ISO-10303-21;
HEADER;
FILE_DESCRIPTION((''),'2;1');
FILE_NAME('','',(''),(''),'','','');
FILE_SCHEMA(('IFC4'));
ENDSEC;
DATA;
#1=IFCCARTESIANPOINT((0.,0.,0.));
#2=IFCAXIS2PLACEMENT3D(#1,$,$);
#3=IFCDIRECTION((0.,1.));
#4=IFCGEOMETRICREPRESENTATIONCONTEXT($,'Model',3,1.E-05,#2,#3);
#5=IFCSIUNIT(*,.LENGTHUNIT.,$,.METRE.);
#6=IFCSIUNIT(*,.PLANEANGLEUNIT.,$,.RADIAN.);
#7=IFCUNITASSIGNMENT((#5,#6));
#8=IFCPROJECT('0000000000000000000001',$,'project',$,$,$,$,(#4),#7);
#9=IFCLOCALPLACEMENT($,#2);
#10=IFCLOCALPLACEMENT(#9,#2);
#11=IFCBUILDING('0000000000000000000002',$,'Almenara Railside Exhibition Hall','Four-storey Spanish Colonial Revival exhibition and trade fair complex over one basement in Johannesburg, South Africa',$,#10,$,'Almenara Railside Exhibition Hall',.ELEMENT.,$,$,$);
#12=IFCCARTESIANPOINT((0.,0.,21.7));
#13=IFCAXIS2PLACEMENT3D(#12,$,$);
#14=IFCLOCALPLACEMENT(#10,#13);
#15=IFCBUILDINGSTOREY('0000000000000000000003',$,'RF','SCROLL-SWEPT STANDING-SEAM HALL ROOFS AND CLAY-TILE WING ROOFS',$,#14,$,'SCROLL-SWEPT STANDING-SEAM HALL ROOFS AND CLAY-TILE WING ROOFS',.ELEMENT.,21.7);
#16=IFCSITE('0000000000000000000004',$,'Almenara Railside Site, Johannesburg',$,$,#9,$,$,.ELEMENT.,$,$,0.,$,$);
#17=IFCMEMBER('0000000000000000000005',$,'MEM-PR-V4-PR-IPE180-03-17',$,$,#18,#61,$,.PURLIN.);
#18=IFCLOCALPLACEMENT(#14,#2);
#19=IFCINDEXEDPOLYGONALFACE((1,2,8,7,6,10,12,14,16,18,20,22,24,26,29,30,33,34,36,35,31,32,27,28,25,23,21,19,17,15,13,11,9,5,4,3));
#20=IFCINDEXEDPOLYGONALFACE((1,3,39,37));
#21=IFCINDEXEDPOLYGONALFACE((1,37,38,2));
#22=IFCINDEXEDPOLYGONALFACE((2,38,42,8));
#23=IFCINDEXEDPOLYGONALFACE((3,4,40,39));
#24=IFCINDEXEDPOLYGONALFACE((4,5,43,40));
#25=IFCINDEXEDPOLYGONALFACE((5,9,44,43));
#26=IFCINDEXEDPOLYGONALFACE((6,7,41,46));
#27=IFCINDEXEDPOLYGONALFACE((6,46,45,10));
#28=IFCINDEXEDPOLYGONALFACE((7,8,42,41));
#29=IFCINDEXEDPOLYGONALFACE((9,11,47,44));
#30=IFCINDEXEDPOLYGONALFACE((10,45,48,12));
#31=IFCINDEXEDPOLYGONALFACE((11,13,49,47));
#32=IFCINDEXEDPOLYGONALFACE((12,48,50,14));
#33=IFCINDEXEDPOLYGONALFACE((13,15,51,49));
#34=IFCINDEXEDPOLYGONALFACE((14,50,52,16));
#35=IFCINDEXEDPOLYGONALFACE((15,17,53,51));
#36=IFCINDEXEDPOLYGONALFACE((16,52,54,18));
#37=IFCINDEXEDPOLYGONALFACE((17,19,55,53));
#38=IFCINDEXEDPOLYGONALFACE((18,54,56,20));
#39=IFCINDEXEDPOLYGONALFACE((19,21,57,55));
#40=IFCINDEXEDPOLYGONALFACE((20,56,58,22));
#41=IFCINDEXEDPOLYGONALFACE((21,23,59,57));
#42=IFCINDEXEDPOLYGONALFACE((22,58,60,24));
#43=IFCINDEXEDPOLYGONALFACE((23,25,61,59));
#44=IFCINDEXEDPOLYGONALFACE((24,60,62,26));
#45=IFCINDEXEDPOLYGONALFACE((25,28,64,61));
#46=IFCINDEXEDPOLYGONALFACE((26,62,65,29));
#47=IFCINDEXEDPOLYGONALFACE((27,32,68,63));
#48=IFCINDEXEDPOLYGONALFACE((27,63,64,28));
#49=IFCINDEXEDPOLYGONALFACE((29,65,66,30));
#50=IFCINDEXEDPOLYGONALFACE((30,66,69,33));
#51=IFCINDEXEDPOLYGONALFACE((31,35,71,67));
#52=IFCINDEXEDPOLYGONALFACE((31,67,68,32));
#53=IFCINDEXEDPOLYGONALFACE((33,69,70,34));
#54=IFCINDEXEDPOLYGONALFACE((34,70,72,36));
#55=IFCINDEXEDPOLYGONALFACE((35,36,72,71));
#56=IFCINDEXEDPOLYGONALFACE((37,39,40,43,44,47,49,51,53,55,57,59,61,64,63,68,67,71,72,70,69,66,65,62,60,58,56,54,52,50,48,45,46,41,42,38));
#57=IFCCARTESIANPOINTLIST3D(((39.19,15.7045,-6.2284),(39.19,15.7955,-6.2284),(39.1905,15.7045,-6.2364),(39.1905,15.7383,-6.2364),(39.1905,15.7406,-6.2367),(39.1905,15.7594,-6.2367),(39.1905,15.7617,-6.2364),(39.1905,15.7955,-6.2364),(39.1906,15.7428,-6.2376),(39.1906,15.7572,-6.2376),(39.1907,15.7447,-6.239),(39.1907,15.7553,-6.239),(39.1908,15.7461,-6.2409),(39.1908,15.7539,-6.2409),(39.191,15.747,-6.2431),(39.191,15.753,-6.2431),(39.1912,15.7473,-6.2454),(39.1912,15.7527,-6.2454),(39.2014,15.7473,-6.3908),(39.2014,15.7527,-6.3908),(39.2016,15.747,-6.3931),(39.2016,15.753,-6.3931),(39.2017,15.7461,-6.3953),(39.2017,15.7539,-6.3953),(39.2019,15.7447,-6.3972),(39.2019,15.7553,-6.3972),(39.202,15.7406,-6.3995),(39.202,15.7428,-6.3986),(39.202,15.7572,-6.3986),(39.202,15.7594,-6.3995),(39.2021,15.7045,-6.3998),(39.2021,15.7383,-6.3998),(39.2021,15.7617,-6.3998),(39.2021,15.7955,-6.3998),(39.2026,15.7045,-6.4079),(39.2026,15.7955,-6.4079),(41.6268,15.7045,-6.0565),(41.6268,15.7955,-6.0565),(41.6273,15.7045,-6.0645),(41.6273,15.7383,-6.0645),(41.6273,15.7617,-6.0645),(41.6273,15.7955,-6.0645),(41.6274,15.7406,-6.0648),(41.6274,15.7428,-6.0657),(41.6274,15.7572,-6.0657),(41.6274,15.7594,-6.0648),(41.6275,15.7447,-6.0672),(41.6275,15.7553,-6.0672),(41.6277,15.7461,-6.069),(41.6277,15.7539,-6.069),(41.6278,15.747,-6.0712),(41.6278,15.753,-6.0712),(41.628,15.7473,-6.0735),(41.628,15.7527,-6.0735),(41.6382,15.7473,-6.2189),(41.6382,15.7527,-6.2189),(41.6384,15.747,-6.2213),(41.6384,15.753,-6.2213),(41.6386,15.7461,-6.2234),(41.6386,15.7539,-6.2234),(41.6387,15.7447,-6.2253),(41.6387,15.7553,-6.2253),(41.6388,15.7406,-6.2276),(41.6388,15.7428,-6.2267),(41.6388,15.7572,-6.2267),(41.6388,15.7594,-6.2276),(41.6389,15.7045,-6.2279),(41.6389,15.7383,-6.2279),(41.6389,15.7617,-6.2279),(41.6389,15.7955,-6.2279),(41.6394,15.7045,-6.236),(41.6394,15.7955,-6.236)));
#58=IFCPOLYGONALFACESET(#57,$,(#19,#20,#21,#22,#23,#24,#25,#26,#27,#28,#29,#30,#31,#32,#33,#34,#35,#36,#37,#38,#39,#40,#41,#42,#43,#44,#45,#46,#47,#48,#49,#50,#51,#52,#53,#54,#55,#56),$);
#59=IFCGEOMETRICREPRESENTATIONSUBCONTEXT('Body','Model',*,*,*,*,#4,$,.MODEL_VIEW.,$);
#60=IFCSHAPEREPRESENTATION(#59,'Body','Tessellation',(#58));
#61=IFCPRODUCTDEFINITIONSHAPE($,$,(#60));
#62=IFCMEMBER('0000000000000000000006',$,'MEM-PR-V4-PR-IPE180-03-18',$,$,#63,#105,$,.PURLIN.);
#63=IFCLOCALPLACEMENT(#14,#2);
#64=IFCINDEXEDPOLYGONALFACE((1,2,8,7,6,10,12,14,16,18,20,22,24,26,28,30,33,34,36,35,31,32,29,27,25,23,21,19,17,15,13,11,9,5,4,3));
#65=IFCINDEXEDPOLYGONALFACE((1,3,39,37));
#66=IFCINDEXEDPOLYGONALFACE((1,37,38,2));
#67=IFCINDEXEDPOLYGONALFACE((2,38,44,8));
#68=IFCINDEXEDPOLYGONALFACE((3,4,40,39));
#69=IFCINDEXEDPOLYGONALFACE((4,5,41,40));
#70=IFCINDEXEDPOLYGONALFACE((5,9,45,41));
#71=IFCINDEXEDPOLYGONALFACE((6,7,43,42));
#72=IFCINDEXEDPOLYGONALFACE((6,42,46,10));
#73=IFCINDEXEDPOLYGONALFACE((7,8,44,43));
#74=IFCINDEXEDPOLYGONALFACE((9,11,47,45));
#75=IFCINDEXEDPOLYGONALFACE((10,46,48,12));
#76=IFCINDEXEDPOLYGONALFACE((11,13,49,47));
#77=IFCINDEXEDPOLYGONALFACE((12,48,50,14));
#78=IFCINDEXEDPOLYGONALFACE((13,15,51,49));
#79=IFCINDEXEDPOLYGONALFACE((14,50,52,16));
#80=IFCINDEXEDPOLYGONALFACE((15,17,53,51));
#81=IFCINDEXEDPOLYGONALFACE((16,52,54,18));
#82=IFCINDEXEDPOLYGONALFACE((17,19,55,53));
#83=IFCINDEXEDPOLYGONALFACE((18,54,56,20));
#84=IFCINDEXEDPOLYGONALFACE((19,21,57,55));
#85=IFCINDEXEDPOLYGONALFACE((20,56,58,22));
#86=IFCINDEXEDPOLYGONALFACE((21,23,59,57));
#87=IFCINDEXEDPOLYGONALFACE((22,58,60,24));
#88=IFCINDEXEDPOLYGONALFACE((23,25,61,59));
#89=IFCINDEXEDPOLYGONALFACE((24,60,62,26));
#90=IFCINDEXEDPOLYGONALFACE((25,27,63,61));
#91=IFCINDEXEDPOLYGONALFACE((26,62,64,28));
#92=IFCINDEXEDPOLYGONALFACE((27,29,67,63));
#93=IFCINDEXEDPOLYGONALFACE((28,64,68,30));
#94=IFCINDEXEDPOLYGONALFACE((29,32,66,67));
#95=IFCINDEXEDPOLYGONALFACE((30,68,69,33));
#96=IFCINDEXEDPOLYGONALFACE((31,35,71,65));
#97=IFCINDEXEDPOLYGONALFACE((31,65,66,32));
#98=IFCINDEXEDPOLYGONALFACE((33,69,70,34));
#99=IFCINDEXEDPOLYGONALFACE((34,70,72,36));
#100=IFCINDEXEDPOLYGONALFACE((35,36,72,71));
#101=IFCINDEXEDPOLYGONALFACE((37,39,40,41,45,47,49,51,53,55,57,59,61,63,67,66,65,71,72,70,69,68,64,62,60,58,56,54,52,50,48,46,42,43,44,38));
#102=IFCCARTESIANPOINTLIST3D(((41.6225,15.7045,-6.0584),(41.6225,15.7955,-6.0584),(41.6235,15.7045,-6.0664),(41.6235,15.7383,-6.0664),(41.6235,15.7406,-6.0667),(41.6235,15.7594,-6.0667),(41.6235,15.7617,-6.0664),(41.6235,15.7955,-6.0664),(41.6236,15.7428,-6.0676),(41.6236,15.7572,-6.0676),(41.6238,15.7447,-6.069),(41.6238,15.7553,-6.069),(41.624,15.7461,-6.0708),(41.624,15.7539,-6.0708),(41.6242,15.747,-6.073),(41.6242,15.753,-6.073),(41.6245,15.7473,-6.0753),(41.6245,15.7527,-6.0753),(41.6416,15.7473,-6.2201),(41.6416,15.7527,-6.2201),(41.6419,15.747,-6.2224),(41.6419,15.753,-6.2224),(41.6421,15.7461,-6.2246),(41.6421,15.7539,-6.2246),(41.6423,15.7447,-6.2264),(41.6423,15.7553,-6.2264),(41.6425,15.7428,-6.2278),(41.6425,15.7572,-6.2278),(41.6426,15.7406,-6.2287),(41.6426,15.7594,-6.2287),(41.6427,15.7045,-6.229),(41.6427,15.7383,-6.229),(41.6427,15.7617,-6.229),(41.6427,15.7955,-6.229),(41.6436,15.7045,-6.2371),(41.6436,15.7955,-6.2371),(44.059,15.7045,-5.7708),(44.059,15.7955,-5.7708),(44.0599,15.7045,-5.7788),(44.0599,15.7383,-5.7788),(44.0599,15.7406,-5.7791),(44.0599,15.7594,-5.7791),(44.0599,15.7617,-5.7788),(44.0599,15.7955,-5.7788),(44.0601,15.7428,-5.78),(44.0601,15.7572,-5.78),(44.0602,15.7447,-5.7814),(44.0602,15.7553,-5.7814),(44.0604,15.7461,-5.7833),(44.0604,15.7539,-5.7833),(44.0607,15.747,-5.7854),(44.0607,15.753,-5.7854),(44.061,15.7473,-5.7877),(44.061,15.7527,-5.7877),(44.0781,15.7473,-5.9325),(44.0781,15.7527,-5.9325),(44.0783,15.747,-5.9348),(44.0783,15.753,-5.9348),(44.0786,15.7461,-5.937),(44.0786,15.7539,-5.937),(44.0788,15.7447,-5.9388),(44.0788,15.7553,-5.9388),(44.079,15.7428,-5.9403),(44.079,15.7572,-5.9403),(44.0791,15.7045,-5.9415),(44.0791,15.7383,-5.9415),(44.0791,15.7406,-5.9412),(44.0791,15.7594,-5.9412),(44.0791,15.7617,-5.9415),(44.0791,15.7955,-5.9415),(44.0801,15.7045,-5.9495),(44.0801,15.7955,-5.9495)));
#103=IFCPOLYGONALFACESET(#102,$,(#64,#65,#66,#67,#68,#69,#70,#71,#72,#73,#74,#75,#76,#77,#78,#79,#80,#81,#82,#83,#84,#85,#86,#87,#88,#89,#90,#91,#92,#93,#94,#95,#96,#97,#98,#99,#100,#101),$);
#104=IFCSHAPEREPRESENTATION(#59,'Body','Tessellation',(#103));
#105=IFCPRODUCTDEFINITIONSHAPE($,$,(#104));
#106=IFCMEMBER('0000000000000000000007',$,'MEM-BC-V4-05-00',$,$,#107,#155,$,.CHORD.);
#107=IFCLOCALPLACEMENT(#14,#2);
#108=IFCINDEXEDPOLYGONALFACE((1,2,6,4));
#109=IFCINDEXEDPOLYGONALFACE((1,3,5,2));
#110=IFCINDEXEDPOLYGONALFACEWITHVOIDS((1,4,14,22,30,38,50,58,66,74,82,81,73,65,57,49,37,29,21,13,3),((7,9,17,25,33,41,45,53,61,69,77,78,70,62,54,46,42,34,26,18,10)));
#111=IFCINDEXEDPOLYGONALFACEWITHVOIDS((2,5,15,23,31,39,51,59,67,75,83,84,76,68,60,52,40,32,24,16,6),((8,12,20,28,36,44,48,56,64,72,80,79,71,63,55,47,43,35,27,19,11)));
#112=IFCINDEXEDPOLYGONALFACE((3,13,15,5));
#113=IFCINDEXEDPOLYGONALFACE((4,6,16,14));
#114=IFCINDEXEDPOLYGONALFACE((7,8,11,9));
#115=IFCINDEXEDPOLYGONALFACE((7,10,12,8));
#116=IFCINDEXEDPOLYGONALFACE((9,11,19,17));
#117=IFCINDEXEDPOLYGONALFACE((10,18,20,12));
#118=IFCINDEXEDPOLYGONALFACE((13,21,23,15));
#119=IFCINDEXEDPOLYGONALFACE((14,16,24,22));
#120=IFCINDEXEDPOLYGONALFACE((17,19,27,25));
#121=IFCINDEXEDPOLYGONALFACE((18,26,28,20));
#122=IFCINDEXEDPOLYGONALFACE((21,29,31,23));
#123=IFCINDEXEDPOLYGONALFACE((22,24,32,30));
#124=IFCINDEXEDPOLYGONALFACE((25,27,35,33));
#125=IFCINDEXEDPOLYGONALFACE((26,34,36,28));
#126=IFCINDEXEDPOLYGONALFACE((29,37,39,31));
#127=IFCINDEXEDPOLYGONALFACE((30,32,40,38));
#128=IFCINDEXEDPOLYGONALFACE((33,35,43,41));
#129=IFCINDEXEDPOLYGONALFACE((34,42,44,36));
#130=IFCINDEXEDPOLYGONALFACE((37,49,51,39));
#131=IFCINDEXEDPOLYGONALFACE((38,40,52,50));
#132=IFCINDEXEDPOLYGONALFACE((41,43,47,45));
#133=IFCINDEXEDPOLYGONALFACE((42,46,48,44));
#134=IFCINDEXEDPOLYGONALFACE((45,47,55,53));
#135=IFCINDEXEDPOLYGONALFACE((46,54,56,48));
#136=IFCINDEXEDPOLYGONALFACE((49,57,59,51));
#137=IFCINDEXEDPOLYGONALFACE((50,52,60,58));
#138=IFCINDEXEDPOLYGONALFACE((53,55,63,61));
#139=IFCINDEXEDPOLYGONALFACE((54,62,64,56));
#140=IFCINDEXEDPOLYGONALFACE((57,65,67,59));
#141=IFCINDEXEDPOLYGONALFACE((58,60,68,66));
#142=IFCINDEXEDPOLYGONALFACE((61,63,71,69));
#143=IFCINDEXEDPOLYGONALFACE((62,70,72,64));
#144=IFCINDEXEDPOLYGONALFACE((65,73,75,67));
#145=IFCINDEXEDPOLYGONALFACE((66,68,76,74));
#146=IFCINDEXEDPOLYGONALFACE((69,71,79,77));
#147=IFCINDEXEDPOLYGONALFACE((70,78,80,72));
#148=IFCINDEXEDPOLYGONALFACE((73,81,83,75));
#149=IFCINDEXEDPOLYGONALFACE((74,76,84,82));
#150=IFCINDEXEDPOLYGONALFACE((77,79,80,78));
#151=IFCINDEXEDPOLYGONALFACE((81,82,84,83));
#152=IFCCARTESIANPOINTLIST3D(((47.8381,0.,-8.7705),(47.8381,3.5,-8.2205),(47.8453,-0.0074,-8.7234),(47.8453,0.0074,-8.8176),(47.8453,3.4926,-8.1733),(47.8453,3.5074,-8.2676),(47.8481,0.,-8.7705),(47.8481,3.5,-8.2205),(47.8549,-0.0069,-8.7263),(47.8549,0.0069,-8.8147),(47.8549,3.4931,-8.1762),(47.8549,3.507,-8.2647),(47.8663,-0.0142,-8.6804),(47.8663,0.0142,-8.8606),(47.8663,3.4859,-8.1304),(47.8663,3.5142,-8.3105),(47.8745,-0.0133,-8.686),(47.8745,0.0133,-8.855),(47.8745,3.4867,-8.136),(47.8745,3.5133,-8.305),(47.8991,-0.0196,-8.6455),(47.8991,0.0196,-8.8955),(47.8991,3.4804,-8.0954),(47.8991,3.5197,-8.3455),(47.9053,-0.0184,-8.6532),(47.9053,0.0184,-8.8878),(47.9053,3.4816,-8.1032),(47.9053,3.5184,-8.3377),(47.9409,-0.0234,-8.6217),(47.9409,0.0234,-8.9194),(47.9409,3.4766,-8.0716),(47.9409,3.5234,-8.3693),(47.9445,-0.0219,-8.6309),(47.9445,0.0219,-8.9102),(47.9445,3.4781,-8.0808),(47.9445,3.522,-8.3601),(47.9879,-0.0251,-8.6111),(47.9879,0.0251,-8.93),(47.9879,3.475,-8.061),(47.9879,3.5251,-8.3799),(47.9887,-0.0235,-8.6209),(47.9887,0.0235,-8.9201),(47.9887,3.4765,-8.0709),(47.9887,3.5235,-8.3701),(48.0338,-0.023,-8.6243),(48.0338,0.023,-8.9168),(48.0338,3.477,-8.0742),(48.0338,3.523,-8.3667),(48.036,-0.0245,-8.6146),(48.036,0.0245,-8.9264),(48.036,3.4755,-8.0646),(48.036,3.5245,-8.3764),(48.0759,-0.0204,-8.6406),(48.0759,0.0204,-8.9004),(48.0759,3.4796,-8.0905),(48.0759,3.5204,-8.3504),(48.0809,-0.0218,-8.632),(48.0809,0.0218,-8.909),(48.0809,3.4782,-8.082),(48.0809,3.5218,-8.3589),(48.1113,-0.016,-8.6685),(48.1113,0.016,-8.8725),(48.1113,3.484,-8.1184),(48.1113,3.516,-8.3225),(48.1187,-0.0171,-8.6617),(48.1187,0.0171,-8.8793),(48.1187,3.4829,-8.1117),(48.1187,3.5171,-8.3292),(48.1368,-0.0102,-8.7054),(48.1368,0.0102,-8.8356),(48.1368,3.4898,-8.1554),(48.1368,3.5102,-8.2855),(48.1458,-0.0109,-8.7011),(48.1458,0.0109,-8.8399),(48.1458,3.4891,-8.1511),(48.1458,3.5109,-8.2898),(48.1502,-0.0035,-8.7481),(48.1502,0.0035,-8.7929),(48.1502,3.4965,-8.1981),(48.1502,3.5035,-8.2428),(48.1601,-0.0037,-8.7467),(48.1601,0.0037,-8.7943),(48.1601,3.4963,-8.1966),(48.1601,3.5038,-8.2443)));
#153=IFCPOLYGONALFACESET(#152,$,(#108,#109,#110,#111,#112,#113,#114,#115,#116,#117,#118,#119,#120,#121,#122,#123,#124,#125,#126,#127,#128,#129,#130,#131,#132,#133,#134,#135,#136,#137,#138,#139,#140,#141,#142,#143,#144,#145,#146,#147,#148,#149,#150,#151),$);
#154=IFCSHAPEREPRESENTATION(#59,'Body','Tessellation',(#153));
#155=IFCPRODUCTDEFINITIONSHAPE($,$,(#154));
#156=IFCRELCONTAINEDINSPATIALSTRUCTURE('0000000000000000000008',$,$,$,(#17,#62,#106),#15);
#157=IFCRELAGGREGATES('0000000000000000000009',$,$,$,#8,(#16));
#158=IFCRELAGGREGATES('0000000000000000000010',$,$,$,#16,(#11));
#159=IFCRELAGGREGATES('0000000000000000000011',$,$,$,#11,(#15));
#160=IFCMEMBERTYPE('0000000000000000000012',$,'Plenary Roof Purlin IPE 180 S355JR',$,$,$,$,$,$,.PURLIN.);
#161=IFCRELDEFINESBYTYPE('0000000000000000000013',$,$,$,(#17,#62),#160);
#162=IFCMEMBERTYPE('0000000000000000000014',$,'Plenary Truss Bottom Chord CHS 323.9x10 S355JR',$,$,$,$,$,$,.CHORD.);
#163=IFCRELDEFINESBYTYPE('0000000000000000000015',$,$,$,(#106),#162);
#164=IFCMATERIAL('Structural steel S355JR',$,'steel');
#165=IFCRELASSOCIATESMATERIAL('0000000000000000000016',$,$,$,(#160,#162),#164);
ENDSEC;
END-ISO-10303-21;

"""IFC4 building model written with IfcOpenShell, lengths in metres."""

from ifc_helpers import new_model, si_unit, direction, frame, origin, origin_2d, place, context, subcontext, project, spatial, hollow_circle, i_section, extrude, material, material_profile, profile_set, type_object, element, save


model = new_model("IFC4")

# Units and contexts
model_context = context("Model", 3, precision=1e-05, world=origin(), true_north=direction((0.0, 1.0)))
body_context = subcontext(model_context, "Body", "Model", "MODEL_VIEW")
ifc_project = project(units=[si_unit("LENGTHUNIT", "METRE"), si_unit("PLANEANGLEUNIT", "RADIAN")], contexts=[model_context])

# Site, building, storey
site_placement = place(None, origin())
site = spatial("IfcSite", under=ifc_project, at=site_placement, Name="Almenara Railside Site, Johannesburg", CompositionType="ELEMENT", RefElevation=0.0)
building_placement = place(site_placement, origin())
building = spatial("IfcBuilding", under=site, at=building_placement, Name="Almenara Railside Exhibition Hall", Description="Four-storey Spanish Colonial Revival exhibition and trade fair complex over one basement in Johannesburg, South Africa", LongName="Almenara Railside Exhibition Hall", CompositionType="ELEMENT")
storey_placement = place(building_placement, frame((0.0, 0.0, 21.7)))
storey = spatial("IfcBuildingStorey", under=building, at=storey_placement, Name="RF", Description="SCROLL-SWEPT STANDING-SEAM HALL ROOFS AND CLAY-TILE WING ROOFS", LongName="SCROLL-SWEPT STANDING-SEAM HALL ROOFS AND CLAY-TILE WING ROOFS", CompositionType="ELEMENT", Elevation=21.7)

# Shared definitions
ifc_material_1 = material(Name="Structural steel S355JR", Category="steel")

# Members
ifc_material_profile_1 = material_profile(ifc_material_1, i_section(OverallWidth=0.0911, OverallDepth=0.1799, WebThickness=0.0054, FlangeThickness=0.0081, FilletRadius=0.009, at=origin_2d()), Name="IPE 180")
ifc_profile_set_1 = profile_set([ifc_material_profile_1], Name="Structural steel S355JR")
member_type_1 = type_object("IfcMemberType", Name="Plenary Roof Purlin IPE 180 S355JR", PredefinedType="PURLIN", material=ifc_profile_set_1)
member_1_placement = place(storey_placement, frame((39.1963, 15.75, -6.3181), z_axis=(0.997522, 0.0, 0.070359), x_axis=(0.0, 1.0, 0.0)))
element("IfcMember", 1, at=member_1_placement, inside=storey, type_object=member_type_1, Name="MEM-PR-V4-PR-IPE180-03-17", PredefinedType="PURLIN", context=body_context, shape_type="SweptSolid", body=[
    extrude(i_section(OverallWidth=0.0911, OverallDepth=0.1799, WebThickness=0.0054, FlangeThickness=0.0081, FilletRadius=0.009, at=origin_2d()), origin(), (0.0, 0.0, 1.0), 2.4429),
])
member_2_placement = place(storey_placement, frame((41.6331, 15.75, -6.1477), z_axis=(0.993106, 0.0, 0.117222), x_axis=(0.0, 1.0, 0.0)))
element("IfcMember", 2, at=member_2_placement, inside=storey, type_object=member_type_1, Name="MEM-PR-V4-PR-IPE180-03-18", PredefinedType="PURLIN", context=body_context, shape_type="SweptSolid", body=[
    extrude(i_section(OverallWidth=0.0911, OverallDepth=0.1799, WebThickness=0.0054, FlangeThickness=0.0081, FilletRadius=0.009, at=origin_2d()), origin(), (0.0, 0.0, 1.0), 2.4534),
])
ifc_material_profile_2 = material_profile(ifc_material_1, hollow_circle(Radius=0.1619, WallThickness=0.01, at=origin_2d()), Name="CHS 323.9x10")
ifc_profile_set_2 = profile_set([ifc_material_profile_2], Name="Structural steel S355JR")
member_type_2 = type_object("IfcMemberType", Name="Plenary Truss Bottom Chord CHS 323.9x10 S355JR", PredefinedType="CHORD", material=ifc_profile_set_2)
member_3_placement = place(storey_placement, frame((48.0, 0.0, -8.7705), z_axis=(0.0, 0.987875, 0.155251), x_axis=(-1.0, 0.0, 0.0)))
element("IfcMember", 3, at=member_3_placement, inside=storey, type_object=member_type_2, Name="MEM-BC-V4-05-00", PredefinedType="CHORD", context=body_context, shape_type="SweptSolid", body=[
    extrude(hollow_circle(Radius=0.1619, WallThickness=0.01, at=origin_2d()), origin(), (0.0, 0.0, 1.0), 3.543),
])

save(model, "model.ifc")
